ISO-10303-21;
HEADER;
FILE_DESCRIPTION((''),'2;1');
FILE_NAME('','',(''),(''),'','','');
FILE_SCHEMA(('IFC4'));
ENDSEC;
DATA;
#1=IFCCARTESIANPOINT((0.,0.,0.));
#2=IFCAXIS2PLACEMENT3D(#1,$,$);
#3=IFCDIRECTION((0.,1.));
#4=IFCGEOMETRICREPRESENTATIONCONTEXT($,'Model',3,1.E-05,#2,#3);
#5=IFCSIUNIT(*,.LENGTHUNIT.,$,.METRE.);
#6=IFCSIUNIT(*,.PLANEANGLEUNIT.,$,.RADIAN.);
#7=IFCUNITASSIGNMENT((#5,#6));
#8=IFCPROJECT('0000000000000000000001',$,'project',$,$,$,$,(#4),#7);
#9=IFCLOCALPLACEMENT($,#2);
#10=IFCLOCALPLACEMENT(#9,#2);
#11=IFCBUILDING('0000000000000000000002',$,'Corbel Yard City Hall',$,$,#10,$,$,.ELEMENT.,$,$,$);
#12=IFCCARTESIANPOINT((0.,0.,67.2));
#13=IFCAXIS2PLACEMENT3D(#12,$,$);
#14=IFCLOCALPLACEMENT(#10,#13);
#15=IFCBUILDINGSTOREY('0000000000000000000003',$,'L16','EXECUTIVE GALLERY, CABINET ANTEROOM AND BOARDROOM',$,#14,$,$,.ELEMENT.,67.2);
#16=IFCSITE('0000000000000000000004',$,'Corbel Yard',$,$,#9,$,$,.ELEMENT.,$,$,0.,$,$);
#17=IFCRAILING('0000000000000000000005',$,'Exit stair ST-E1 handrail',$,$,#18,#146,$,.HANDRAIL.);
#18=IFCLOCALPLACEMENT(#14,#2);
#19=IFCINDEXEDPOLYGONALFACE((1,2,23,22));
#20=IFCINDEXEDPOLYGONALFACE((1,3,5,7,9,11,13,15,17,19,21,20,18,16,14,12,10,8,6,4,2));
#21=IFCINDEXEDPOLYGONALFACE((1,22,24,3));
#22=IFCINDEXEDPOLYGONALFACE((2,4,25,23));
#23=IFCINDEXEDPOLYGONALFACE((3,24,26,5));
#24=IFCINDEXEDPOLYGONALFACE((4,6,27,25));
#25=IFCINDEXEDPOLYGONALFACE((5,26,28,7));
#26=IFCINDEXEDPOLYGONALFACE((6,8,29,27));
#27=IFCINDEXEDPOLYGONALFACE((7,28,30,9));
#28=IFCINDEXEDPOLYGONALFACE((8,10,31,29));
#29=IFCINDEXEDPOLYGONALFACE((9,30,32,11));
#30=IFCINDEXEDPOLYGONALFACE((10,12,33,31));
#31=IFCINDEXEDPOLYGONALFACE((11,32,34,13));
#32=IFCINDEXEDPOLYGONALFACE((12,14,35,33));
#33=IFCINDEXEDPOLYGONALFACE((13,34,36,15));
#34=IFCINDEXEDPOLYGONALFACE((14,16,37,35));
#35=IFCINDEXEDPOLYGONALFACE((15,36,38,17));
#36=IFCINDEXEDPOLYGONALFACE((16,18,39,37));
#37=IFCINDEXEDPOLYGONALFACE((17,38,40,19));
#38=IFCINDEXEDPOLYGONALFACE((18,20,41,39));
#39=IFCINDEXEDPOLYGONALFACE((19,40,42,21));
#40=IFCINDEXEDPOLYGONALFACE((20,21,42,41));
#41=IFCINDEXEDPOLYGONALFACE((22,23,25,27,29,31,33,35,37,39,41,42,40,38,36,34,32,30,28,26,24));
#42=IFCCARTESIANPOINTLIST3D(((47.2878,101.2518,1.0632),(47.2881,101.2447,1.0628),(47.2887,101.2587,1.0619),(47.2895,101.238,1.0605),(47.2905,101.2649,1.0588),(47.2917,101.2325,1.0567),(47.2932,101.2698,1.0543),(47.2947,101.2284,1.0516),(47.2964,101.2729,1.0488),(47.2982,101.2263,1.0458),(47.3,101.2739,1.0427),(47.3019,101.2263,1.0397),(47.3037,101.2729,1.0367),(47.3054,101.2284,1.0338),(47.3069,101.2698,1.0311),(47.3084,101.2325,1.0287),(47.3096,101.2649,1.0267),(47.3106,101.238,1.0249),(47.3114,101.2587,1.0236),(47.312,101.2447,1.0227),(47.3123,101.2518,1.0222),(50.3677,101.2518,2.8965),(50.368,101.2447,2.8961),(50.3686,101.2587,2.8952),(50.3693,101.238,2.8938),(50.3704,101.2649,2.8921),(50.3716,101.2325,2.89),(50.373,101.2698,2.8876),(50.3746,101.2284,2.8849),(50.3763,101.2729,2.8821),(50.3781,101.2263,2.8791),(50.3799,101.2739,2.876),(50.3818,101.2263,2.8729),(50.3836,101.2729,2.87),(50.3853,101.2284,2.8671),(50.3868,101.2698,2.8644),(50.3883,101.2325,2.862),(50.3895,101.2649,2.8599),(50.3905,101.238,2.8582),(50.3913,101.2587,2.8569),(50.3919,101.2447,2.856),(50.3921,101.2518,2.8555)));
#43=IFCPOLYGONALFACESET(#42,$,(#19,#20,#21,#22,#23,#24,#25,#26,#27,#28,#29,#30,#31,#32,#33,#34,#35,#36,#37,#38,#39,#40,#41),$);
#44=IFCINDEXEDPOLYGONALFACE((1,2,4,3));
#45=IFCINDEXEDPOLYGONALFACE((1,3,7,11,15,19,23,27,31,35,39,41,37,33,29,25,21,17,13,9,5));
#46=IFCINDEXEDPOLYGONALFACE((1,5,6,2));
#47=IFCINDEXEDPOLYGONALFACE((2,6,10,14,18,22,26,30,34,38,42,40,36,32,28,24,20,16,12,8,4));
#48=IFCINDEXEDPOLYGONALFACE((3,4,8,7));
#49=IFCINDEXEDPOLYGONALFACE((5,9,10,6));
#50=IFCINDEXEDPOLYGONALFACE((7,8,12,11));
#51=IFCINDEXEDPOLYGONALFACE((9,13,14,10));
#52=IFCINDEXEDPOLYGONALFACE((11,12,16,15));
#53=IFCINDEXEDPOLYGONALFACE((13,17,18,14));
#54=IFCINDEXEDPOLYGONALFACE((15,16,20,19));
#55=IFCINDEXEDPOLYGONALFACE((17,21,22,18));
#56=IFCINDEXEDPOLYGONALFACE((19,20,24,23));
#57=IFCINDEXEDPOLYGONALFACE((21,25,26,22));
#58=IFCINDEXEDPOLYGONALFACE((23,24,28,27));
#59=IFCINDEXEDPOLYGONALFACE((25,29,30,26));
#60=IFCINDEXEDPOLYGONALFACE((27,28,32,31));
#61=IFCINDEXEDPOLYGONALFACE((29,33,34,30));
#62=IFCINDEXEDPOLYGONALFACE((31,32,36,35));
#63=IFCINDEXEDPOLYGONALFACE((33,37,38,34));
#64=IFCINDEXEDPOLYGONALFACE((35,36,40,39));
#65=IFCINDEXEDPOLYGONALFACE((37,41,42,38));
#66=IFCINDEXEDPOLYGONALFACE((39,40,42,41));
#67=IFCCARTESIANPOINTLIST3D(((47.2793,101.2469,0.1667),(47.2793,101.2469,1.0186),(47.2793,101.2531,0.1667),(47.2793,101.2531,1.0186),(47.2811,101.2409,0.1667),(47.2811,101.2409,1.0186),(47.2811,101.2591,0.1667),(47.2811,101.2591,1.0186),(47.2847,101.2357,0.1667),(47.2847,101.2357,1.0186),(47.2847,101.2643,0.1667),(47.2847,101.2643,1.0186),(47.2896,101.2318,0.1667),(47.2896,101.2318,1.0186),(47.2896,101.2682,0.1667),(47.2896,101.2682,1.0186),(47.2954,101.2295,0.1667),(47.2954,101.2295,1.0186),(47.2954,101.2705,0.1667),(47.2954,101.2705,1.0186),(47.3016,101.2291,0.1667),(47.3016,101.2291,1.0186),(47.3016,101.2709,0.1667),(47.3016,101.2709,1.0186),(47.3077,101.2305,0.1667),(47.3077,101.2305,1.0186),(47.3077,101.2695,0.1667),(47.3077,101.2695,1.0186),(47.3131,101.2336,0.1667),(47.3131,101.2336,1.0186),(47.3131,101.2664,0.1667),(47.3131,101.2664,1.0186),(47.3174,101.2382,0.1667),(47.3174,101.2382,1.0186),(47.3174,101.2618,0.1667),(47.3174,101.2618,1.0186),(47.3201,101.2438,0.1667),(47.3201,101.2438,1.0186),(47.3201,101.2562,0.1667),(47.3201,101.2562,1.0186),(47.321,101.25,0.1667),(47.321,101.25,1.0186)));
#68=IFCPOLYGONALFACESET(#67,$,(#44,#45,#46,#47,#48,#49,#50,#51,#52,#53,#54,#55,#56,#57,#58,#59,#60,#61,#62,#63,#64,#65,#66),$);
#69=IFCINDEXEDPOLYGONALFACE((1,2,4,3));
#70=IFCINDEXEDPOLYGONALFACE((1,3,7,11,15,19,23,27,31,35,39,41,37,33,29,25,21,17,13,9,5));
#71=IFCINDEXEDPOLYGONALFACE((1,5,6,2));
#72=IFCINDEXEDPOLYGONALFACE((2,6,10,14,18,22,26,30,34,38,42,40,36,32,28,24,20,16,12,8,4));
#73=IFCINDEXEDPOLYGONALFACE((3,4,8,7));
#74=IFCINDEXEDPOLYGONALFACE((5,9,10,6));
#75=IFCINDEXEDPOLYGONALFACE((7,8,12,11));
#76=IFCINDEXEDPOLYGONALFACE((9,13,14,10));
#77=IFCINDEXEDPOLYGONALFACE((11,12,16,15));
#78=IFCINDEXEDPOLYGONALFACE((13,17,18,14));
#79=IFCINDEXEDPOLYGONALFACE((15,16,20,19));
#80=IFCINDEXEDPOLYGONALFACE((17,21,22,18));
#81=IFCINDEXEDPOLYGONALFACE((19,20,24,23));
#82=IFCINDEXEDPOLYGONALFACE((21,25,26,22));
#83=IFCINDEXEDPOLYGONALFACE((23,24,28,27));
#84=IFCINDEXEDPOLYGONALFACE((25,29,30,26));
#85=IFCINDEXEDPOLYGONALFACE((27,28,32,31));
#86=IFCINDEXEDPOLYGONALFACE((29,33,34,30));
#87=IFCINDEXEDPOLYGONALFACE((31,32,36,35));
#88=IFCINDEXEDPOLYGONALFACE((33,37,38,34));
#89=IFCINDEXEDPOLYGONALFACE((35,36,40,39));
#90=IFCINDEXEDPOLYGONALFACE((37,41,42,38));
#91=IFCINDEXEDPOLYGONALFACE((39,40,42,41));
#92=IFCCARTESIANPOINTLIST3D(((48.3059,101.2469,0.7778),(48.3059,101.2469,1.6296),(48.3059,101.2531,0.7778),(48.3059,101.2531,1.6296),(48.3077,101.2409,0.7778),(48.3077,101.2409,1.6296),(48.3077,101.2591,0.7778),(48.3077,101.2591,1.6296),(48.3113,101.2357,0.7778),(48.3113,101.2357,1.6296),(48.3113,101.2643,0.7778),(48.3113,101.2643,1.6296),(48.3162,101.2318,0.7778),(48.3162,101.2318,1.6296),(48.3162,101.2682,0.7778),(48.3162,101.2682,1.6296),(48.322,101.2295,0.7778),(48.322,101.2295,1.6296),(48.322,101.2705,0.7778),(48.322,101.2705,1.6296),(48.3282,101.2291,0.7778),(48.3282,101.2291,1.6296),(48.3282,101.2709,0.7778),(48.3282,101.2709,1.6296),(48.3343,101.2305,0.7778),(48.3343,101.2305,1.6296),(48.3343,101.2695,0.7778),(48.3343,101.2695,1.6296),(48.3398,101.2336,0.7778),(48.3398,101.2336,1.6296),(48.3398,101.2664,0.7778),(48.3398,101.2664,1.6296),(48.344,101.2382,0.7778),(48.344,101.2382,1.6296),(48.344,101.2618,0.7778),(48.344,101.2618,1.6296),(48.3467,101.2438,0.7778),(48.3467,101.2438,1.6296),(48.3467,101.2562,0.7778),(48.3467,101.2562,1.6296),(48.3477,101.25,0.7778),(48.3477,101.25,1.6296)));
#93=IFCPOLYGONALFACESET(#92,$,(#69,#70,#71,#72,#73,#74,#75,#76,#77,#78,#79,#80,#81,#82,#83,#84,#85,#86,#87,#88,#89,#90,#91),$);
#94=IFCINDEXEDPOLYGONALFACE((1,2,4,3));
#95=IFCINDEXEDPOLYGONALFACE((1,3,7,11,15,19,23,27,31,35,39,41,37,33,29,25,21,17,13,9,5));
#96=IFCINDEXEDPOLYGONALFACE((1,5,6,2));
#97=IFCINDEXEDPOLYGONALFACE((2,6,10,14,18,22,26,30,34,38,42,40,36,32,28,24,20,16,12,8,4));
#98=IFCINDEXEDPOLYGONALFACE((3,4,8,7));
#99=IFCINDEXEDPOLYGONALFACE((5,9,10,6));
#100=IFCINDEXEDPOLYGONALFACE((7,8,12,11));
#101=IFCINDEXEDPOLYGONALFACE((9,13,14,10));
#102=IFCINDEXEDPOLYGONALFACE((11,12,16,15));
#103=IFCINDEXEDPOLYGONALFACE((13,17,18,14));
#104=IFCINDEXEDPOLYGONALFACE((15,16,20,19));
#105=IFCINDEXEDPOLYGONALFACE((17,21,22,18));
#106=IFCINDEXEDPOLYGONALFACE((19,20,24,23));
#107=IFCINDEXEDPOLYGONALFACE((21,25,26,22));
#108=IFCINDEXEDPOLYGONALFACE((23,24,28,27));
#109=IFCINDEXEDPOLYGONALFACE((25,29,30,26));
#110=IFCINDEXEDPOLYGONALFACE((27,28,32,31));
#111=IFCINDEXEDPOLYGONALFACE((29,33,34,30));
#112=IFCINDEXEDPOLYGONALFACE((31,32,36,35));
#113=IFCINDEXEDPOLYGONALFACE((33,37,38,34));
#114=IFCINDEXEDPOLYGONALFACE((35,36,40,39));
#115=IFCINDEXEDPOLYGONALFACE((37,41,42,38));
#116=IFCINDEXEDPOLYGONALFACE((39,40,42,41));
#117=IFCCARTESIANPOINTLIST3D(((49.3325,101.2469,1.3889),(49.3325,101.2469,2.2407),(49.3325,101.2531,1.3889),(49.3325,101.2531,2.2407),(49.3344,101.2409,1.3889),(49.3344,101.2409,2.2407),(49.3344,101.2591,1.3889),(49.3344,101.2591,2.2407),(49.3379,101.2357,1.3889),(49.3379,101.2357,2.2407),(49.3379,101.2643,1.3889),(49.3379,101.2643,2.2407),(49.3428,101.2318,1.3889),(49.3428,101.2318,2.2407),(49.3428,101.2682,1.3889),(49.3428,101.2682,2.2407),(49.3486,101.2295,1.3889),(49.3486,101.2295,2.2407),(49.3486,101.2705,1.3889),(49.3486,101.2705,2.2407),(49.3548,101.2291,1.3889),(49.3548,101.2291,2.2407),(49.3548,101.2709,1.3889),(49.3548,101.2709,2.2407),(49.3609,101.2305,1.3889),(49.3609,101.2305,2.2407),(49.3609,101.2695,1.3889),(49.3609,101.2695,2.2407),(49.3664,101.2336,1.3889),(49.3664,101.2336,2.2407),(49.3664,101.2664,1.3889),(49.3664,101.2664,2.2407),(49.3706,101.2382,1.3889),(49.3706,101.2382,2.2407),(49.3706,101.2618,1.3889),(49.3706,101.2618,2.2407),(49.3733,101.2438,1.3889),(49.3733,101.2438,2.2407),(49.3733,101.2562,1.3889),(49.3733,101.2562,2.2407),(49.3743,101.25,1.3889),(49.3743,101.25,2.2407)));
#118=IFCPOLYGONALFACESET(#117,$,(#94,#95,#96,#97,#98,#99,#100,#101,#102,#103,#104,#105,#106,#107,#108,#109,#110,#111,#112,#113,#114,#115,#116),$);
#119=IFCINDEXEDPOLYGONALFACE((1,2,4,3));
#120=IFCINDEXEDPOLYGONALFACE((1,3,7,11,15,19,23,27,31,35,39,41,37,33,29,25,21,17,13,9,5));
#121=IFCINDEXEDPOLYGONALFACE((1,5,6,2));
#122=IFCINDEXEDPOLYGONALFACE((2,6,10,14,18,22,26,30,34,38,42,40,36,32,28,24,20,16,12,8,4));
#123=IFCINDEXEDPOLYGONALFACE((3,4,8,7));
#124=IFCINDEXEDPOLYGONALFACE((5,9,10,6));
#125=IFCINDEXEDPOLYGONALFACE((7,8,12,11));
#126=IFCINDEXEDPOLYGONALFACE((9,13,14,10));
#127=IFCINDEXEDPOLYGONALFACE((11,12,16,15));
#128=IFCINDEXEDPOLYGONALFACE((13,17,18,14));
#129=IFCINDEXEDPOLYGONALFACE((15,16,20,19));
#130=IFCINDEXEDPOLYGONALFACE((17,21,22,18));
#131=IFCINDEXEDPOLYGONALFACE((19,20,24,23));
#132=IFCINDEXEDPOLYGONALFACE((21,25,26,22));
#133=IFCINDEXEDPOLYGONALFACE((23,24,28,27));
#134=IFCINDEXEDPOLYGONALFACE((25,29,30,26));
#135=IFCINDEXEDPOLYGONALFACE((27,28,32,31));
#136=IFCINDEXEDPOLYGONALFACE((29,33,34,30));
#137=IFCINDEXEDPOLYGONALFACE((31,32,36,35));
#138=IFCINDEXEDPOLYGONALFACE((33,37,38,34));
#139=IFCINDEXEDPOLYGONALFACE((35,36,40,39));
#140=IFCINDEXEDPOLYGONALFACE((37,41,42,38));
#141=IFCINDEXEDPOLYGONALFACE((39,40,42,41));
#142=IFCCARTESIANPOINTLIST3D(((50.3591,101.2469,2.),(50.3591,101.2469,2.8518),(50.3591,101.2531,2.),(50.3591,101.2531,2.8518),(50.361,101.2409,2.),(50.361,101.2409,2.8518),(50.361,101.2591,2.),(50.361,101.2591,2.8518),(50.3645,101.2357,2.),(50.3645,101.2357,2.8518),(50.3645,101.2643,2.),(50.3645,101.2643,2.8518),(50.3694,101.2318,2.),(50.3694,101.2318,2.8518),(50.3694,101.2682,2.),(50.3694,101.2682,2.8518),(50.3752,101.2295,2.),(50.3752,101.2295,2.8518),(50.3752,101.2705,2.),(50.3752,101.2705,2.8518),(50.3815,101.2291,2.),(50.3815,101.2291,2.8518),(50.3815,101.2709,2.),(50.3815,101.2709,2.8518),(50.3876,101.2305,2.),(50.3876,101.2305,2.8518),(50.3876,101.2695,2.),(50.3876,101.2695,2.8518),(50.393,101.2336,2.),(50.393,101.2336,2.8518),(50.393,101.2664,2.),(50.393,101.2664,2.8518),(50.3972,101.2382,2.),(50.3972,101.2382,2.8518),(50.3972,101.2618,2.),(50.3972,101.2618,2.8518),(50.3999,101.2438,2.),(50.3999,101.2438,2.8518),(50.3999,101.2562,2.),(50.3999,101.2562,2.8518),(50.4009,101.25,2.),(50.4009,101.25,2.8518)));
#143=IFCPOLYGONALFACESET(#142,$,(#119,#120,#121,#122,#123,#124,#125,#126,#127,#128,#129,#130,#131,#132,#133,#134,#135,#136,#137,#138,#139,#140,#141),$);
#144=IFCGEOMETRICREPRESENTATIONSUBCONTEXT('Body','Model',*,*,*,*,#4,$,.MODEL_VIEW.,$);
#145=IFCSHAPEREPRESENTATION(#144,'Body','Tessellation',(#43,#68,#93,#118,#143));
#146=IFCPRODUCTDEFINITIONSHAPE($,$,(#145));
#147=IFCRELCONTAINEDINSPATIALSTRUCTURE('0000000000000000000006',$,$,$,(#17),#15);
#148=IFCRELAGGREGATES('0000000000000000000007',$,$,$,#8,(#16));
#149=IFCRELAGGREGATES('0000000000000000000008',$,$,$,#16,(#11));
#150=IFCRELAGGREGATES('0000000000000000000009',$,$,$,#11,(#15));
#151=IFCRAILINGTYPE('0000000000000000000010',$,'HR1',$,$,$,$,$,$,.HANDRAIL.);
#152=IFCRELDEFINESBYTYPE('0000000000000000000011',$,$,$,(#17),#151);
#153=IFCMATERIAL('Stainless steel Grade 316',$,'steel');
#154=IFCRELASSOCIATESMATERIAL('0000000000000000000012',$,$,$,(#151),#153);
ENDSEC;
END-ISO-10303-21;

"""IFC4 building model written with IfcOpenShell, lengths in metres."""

from ifc_helpers import new_model, si_unit, direction, frame, origin, origin_2d, place, context, subcontext, project, spatial, circle, extrude, material, type_object, element, save


model = new_model("IFC4")

# Units and contexts
model_context = context("Model", 3, precision=1e-05, world=origin(), true_north=direction((0.0, 1.0)))
body_context = subcontext(model_context, "Body", "Model", "MODEL_VIEW")
ifc_project = project(units=[si_unit("LENGTHUNIT", "METRE"), si_unit("PLANEANGLEUNIT", "RADIAN")], contexts=[model_context])

# Site, building, storey
site_placement = place(None, origin())
site = spatial("IfcSite", under=ifc_project, at=site_placement, Name="Corbel Yard", CompositionType="ELEMENT", RefElevation=0.0)
building_placement = place(site_placement, origin())
building = spatial("IfcBuilding", under=site, at=building_placement, Name="Corbel Yard City Hall", CompositionType="ELEMENT")
storey_placement = place(building_placement, frame((0.0, 0.0, 67.2)))
storey = spatial("IfcBuildingStorey", under=building, at=storey_placement, Name="L16", Description="EXECUTIVE GALLERY, CABINET ANTEROOM AND BOARDROOM", CompositionType="ELEMENT", Elevation=67.2)

# Railing
ifc_material_1 = material(Name="Stainless steel Grade 316", Category="steel")
railing_type = type_object("IfcRailingType", Name="HR1", PredefinedType="HANDRAIL", material=ifc_material_1)
for number, where, name in (
    (1, (47.3, 101.25, 0.1667), "Exit stair ST-E1 handrail"),
):
    element("IfcRailing", number, at=place(storey_placement, frame(where)), inside=storey, type_object=railing_type, Name=name, PredefinedType="HANDRAIL", context=body_context, shape_type="SweptSolid", body=[
        extrude(circle(Radius=0.0239, at=origin_2d()), frame((0.0, 0.0, 0.876), z_axis=(0.859291, 0.0, 0.511487), x_axis=(0.0, 1.0, 0.0)), (0.0, 0.0, 1.0), 3.5842),
        extrude(circle(Radius=0.021, at=origin_2d()), origin(), (0.0, 0.0, 1.0), 0.8518),
        extrude(circle(Radius=0.021, at=origin_2d()), frame((1.0266, 0.0, 0.6111)), (0.0, 0.0, 1.0), 0.8518),
        extrude(circle(Radius=0.021, at=origin_2d()), frame((2.0532, 0.0, 1.2222)), (0.0, 0.0, 1.0), 0.8518),
        extrude(circle(Radius=0.021, at=origin_2d()), frame((3.0798, 0.0, 1.8333)), (0.0, 0.0, 1.0), 0.8518),
    ])

save(model, "model.ifc")
